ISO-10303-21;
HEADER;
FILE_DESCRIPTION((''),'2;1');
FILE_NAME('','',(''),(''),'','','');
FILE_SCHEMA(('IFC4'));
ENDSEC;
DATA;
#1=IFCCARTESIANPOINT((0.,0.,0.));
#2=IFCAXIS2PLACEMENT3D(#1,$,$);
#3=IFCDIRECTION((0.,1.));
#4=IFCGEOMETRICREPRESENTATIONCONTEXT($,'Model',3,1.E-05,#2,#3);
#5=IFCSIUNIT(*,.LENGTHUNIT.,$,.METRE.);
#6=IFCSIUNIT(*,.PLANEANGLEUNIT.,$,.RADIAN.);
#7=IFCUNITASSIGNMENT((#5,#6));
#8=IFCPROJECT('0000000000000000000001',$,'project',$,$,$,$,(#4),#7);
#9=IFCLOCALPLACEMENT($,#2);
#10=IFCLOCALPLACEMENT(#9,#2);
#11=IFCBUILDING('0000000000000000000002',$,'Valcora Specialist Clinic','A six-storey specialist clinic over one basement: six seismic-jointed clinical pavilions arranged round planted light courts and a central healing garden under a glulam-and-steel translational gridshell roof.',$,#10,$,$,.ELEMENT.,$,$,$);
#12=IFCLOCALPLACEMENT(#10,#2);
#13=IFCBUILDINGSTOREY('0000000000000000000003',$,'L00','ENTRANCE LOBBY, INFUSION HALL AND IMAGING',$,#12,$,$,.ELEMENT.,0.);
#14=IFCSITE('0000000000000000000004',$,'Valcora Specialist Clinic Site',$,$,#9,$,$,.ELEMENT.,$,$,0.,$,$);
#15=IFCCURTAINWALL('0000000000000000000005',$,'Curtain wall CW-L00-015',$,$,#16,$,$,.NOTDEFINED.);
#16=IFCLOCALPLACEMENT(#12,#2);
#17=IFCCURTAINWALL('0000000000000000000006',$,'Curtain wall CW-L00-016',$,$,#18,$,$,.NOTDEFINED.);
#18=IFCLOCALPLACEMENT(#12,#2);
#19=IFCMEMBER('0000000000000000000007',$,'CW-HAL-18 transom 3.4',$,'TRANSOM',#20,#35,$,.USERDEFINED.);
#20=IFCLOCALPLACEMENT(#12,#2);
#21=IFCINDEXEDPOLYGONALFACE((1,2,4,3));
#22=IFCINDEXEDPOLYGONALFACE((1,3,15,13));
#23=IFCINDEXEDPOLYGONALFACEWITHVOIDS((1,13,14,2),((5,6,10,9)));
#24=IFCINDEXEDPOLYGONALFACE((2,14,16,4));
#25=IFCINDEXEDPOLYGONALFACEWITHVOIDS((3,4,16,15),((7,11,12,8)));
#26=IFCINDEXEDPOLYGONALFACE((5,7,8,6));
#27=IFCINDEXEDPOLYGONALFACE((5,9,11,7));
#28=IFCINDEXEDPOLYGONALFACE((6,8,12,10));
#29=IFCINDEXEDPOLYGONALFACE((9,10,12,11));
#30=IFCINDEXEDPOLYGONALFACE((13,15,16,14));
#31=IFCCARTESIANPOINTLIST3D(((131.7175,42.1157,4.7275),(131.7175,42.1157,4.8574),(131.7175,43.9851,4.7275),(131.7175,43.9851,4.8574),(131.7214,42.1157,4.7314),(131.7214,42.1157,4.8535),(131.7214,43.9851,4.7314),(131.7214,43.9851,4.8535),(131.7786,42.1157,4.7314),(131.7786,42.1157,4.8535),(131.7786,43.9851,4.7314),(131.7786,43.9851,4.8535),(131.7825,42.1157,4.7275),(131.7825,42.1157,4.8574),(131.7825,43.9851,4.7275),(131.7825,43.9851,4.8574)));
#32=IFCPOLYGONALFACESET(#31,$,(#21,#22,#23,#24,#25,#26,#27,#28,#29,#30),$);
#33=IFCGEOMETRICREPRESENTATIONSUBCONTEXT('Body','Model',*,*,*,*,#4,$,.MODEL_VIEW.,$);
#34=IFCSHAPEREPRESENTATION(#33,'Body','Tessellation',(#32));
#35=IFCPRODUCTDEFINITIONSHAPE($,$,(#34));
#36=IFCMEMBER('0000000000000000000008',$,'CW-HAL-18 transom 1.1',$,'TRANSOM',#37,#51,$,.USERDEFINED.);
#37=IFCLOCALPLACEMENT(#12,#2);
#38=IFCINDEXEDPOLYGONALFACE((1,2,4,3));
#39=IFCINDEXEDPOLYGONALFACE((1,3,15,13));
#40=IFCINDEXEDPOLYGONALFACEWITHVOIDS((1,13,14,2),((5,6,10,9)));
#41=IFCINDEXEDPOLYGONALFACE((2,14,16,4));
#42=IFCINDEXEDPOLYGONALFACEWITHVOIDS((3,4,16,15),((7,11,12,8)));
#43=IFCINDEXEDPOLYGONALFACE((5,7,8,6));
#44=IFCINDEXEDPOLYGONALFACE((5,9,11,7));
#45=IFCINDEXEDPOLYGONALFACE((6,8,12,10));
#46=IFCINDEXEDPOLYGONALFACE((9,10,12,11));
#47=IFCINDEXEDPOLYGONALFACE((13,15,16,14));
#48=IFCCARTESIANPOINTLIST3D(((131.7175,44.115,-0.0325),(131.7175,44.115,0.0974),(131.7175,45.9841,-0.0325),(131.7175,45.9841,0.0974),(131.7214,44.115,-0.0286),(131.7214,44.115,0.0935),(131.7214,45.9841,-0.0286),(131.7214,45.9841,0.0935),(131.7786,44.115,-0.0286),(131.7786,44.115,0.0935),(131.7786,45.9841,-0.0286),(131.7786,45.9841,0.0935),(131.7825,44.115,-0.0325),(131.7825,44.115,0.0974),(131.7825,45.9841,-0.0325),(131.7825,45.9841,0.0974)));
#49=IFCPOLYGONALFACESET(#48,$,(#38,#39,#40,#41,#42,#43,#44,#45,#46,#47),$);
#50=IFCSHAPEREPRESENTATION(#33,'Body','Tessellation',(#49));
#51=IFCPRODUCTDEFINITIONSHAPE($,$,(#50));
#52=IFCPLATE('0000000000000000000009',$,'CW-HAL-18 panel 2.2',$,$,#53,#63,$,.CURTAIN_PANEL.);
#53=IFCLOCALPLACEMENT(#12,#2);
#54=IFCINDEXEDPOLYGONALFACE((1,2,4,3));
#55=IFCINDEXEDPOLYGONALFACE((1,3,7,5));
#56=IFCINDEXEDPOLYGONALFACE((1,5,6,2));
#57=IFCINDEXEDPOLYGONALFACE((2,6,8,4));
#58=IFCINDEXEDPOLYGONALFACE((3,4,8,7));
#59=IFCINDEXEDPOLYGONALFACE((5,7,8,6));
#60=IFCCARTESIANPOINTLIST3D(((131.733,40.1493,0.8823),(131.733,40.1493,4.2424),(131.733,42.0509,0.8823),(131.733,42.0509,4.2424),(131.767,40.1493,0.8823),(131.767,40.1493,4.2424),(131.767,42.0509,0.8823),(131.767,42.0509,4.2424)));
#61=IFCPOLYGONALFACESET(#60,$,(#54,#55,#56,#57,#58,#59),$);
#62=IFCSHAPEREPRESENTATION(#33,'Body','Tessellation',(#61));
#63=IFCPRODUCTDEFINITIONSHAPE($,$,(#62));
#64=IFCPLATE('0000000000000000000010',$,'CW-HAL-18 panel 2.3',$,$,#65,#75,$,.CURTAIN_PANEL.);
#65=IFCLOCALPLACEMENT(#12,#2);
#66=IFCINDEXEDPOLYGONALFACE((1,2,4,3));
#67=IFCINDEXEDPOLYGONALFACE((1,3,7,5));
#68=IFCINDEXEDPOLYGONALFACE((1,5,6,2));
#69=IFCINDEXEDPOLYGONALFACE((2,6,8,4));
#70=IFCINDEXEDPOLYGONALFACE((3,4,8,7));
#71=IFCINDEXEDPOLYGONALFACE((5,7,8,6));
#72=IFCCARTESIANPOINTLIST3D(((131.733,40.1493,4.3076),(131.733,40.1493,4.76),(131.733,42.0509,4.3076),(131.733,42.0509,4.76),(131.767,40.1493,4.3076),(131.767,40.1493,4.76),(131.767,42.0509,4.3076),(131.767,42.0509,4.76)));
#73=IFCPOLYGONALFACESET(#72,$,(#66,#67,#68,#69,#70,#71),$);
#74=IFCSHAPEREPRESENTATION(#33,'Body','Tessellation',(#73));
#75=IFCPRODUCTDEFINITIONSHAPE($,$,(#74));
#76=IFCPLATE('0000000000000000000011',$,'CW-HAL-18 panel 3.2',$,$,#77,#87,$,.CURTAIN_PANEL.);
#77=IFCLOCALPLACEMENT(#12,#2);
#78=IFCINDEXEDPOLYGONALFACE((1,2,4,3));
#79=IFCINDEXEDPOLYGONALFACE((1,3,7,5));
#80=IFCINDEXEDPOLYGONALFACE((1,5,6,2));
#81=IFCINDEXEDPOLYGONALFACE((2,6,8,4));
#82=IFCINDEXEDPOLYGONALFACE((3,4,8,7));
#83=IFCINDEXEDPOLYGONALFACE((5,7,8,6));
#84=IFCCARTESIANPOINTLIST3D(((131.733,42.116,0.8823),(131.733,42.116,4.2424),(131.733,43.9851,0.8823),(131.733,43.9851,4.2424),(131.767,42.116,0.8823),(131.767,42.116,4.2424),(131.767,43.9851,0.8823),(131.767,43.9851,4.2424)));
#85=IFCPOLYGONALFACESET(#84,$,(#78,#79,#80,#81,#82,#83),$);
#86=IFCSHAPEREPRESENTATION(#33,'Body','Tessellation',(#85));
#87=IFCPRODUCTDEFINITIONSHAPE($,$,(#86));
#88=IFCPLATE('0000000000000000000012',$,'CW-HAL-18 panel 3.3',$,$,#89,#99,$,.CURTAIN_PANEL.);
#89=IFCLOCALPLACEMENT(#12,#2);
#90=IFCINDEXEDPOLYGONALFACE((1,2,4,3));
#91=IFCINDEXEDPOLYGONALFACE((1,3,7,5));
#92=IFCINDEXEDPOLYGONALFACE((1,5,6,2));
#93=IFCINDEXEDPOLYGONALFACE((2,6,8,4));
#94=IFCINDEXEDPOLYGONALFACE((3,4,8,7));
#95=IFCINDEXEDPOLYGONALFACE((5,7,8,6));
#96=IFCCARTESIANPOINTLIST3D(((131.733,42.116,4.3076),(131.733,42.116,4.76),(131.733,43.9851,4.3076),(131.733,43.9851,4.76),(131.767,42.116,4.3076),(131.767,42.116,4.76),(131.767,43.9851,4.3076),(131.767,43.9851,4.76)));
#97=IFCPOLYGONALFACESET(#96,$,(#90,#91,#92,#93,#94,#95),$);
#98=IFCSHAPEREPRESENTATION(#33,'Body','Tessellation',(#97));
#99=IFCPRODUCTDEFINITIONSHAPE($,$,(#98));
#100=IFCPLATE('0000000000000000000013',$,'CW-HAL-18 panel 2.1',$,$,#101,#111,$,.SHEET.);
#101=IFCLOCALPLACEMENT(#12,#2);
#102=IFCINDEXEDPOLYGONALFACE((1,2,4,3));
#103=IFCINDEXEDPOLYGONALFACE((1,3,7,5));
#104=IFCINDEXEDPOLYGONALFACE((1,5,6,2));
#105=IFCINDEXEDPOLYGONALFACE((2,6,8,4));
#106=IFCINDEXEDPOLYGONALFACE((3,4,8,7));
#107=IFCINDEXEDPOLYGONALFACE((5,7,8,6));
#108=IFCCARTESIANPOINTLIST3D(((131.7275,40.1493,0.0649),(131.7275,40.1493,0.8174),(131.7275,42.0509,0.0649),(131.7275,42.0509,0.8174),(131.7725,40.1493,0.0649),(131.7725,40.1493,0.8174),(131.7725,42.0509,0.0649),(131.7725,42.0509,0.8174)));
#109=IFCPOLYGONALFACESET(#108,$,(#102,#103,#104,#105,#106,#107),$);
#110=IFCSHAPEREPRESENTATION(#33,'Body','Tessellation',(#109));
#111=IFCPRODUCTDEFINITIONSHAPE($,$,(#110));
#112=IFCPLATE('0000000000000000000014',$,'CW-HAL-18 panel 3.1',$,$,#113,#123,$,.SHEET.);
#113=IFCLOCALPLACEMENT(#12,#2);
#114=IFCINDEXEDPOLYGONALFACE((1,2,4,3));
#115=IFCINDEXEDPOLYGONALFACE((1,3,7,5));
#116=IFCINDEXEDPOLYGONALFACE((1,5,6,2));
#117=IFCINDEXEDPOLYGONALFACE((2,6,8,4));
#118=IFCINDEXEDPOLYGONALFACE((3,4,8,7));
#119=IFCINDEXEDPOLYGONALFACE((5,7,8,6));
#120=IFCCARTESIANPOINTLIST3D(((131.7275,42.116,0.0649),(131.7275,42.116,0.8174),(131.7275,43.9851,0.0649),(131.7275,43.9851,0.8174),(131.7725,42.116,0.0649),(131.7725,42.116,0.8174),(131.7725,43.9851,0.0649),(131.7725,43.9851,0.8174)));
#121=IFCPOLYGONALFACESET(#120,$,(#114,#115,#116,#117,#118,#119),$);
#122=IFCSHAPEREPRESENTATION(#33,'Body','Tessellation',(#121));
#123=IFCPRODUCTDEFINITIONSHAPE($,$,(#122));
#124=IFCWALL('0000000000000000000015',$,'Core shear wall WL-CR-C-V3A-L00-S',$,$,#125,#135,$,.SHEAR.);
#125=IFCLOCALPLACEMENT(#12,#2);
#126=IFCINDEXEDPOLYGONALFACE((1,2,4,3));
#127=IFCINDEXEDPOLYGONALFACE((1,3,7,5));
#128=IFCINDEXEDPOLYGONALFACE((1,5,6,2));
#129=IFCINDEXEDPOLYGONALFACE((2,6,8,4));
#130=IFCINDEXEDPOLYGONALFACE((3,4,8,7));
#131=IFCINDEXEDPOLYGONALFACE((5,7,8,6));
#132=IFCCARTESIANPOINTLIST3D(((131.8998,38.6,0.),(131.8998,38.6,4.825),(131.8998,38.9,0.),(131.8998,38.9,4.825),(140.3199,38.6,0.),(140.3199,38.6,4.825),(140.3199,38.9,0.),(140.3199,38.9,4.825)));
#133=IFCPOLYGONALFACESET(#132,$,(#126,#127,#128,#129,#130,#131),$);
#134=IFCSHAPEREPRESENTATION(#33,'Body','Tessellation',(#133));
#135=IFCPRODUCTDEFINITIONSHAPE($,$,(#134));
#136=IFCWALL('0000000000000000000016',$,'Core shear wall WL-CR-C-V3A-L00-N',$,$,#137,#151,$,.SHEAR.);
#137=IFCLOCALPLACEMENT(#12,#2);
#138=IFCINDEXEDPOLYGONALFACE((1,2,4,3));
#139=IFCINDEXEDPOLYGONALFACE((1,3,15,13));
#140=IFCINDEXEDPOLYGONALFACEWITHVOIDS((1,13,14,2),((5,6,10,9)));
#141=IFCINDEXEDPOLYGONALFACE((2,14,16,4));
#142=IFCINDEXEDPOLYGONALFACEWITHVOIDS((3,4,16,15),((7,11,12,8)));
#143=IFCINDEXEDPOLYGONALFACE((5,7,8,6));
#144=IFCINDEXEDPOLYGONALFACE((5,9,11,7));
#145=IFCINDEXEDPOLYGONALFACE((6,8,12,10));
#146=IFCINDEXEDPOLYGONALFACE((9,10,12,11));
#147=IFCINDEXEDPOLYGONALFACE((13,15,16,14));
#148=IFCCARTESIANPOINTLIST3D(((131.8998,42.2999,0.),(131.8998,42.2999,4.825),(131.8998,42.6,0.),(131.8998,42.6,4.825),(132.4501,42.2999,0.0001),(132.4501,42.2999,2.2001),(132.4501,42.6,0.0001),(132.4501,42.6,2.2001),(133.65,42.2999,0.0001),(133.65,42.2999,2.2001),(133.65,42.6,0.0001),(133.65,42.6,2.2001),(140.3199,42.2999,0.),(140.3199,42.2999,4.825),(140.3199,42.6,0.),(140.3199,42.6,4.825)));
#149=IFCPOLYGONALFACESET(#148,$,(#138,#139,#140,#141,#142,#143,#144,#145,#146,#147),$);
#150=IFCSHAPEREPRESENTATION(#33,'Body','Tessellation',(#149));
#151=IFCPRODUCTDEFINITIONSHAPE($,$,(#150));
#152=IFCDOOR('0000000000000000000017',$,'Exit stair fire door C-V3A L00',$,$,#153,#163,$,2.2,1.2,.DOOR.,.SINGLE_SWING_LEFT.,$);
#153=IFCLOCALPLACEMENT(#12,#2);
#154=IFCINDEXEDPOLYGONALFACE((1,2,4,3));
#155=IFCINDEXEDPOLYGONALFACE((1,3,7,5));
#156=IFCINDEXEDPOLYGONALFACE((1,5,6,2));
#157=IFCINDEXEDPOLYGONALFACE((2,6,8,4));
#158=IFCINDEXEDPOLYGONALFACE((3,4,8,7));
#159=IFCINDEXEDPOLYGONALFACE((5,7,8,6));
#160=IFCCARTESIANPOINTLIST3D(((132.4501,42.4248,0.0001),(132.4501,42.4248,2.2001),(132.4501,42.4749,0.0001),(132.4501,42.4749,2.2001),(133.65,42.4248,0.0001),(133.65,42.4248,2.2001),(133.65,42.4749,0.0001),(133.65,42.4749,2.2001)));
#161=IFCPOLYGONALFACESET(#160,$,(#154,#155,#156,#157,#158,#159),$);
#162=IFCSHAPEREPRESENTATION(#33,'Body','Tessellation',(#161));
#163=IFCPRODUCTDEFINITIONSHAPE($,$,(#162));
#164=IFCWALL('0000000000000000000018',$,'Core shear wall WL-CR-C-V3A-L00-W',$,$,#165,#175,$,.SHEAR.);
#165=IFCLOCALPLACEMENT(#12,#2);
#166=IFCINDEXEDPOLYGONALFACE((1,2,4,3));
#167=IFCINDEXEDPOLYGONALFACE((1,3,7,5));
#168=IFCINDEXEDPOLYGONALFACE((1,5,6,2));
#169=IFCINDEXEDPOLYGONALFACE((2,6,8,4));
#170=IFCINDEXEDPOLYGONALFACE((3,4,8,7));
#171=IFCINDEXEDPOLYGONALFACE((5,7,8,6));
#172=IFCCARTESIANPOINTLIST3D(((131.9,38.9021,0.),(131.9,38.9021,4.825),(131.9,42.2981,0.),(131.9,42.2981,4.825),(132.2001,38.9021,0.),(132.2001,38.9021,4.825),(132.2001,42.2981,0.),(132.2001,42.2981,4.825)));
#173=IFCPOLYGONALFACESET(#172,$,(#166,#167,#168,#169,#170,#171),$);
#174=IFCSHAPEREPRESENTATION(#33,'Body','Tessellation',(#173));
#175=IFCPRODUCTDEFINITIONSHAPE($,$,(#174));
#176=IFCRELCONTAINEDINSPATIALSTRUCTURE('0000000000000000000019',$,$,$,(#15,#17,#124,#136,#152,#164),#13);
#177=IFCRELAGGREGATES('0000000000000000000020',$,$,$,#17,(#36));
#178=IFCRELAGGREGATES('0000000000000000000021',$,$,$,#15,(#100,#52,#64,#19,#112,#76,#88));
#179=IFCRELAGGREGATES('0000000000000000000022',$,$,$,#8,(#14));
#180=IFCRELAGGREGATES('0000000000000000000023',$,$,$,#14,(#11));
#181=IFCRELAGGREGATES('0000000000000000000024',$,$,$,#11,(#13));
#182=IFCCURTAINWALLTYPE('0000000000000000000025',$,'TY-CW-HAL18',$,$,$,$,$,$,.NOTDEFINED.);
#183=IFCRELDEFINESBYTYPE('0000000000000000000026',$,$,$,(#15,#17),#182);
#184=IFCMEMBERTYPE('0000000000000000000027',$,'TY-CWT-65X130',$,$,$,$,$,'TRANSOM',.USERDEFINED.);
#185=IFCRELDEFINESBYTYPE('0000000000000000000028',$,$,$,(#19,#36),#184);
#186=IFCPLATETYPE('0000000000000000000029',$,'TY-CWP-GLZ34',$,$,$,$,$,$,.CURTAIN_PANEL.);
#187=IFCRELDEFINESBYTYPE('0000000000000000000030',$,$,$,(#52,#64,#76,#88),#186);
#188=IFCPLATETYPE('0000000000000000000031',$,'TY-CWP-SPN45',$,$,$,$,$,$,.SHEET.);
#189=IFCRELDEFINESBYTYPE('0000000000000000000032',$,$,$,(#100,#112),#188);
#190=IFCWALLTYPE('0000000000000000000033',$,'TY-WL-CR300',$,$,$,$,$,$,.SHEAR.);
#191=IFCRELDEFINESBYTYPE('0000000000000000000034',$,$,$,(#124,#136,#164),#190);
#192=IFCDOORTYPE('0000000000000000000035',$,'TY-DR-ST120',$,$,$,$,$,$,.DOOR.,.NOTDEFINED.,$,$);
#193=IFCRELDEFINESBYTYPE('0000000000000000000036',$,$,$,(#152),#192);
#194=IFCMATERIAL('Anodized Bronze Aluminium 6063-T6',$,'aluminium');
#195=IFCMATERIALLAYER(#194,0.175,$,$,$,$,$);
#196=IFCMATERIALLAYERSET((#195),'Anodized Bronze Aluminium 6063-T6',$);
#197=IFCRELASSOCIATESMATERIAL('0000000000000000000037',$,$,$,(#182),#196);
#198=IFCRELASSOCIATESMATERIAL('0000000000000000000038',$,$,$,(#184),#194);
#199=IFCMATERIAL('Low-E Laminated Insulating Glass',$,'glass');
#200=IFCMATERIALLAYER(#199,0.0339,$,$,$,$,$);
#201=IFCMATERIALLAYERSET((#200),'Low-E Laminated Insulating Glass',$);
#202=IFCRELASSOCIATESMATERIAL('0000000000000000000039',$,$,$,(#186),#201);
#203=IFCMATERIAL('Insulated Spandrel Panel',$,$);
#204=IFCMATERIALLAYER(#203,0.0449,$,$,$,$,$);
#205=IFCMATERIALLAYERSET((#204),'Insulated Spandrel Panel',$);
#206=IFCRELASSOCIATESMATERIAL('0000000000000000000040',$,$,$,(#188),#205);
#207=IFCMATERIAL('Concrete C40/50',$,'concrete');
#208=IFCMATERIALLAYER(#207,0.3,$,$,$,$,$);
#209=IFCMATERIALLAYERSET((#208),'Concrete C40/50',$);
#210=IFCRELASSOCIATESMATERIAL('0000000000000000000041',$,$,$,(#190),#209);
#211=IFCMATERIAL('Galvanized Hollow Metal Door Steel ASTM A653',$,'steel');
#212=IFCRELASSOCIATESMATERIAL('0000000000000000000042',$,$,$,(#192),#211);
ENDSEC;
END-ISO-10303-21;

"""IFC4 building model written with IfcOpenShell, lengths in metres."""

from ifc_helpers import new_model, si_unit, direction, frame, frame_2d, origin, origin_2d, place, context, subcontext, project, spatial, rectangle, hollow_rectangle, extrude, material, layer, layer_set, material_profile, profile_set, type_object, element, fill, aggregate, save


model = new_model("IFC4")

# Units and contexts
model_context = context("Model", 3, precision=1e-05, world=origin(), true_north=direction((0.0, 1.0)))
body_context = subcontext(model_context, "Body", "Model", "MODEL_VIEW")
ifc_project = project(units=[si_unit("LENGTHUNIT", "METRE"), si_unit("PLANEANGLEUNIT", "RADIAN")], contexts=[model_context])

# Site, building, storey
site_placement = place(None, origin())
site = spatial("IfcSite", under=ifc_project, at=site_placement, Name="Valcora Specialist Clinic Site", CompositionType="ELEMENT", RefElevation=0.0)
building_placement = place(site_placement, origin())
building = spatial("IfcBuilding", under=site, at=building_placement, Name="Valcora Specialist Clinic", Description="A six-storey specialist clinic over one basement: six seismic-jointed clinical pavilions arranged round planted light courts and a central healing garden under a glulam-and-steel translational gridshell roof.", CompositionType="ELEMENT")
storey_placement = place(building_placement, origin())
storey = spatial("IfcBuildingStorey", under=building, at=storey_placement, Name="L00", Description="ENTRANCE LOBBY, INFUSION HALL AND IMAGING", CompositionType="ELEMENT", Elevation=0.0)

# Shared definitions
ifc_material_1 = material(Name="Concrete C40/50", Category="concrete")

# Curtain wall
ifc_material_2 = material(Name="Anodized Bronze Aluminium 6063-T6", Category="aluminium")
ifc_layer_1 = layer(ifc_material_2, 0.175)
ifc_layer_set_1 = layer_set([ifc_layer_1], Name="Anodized Bronze Aluminium 6063-T6")
curtain_wall_type = type_object("IfcCurtainWallType", Name="TY-CW-HAL18", PredefinedType="NOTDEFINED", material=ifc_layer_set_1)
curtain_wall_1_placement = place(storey_placement, origin())
curtain_wall_1 = element("IfcCurtainWall", 1, at=curtain_wall_1_placement, inside=storey, type_object=curtain_wall_type, Name="Curtain wall CW-L00-015", PredefinedType="NOTDEFINED")

# Curtain wall
curtain_wall_2_placement = place(storey_placement, origin())
curtain_wall_2 = element("IfcCurtainWall", 2, at=curtain_wall_2_placement, inside=storey, type_object=curtain_wall_type, Name="Curtain wall CW-L00-016", PredefinedType="NOTDEFINED")

# Members
ifc_material_profile_1 = material_profile(ifc_material_2, hollow_rectangle(XDim=0.0649, YDim=0.1299, WallThickness=0.0039, at=origin_2d()), Name="AL-TRN-65X130")
ifc_profile_set_1 = profile_set([ifc_material_profile_1], Name="Anodized Bronze Aluminium 6063-T6")
member_type_1 = type_object("IfcMemberType", Name="TY-CWT-65X130", ElementType="TRANSOM", PredefinedType="USERDEFINED", material=ifc_profile_set_1)
member_1_placement = place(storey_placement, frame((131.75, 42.1157, 4.7925), z_axis=(0.0, 1.0, 0.0), x_axis=(-1.0, 0.0, 0.0)))
member_1 = element("IfcMember", 3, at=member_1_placement, type_object=member_type_1, Name="CW-HAL-18 transom 3.4", ObjectType="TRANSOM", PredefinedType="USERDEFINED", context=body_context, shape_type="SweptSolid", body=[
    extrude(hollow_rectangle(XDim=0.0649, YDim=0.1299, WallThickness=0.0039, at=origin_2d()), origin(), (0.0, 0.0, 1.0), 1.8694),
])
member_2_placement = place(storey_placement, frame((131.75, 44.115, 0.0325), z_axis=(0.0, 1.0, 0.0), x_axis=(-1.0, 0.0, 0.0)))
member_2 = element("IfcMember", 4, at=member_2_placement, type_object=member_type_1, Name="CW-HAL-18 transom 1.1", ObjectType="TRANSOM", PredefinedType="USERDEFINED", context=body_context, shape_type="SweptSolid", body=[
    extrude(hollow_rectangle(XDim=0.0649, YDim=0.1299, WallThickness=0.0039, at=origin_2d()), origin(), (0.0, 0.0, 1.0), 1.8691),
])
aggregate(curtain_wall_2, [member_2])

# Plates
ifc_material_3 = material(Name="Low-E Laminated Insulating Glass", Category="glass")
ifc_layer_2 = layer(ifc_material_3, 0.0339)
ifc_layer_set_2 = layer_set([ifc_layer_2], Name="Low-E Laminated Insulating Glass")
plate_type_1 = type_object("IfcPlateType", Name="TY-CWP-GLZ34", PredefinedType="CURTAIN_PANEL", material=ifc_layer_set_2)
plate_1_placement = place(storey_placement, frame((131.75, 41.1001, 0.8823), z_axis=(0.0, 0.0, 1.0), x_axis=(0.0, 1.0, 0.0)))
plate_1 = element("IfcPlate", 5, at=plate_1_placement, type_object=plate_type_1, Name="CW-HAL-18 panel 2.2", PredefinedType="CURTAIN_PANEL", context=body_context, shape_type="SweptSolid", body=[
    extrude(rectangle(XDim=1.9016, YDim=0.0339, at=origin_2d()), origin(), (0.0, 0.0, 1.0), 3.3601),
])
plate_2_placement = place(storey_placement, frame((131.75, 41.1001, 4.3076), z_axis=(0.0, 0.0, 1.0), x_axis=(0.0, 1.0, 0.0)))
plate_2 = element("IfcPlate", 6, at=plate_2_placement, type_object=plate_type_1, Name="CW-HAL-18 panel 2.3", PredefinedType="CURTAIN_PANEL", context=body_context, shape_type="SweptSolid", body=[
    extrude(rectangle(XDim=1.9016, YDim=0.0339, at=origin_2d()), origin(), (0.0, 0.0, 1.0), 0.4524),
])
plate_3_placement = place(storey_placement, frame((131.75, 43.0505, 0.8823), z_axis=(0.0, 0.0, 1.0), x_axis=(0.0, 1.0, 0.0)))
plate_3 = element("IfcPlate", 7, at=plate_3_placement, type_object=plate_type_1, Name="CW-HAL-18 panel 3.2", PredefinedType="CURTAIN_PANEL", context=body_context, shape_type="SweptSolid", body=[
    extrude(rectangle(XDim=1.8691, YDim=0.0339, at=origin_2d()), origin(), (0.0, 0.0, 1.0), 3.3601),
])
plate_4_placement = place(storey_placement, frame((131.75, 43.0505, 4.3076), z_axis=(0.0, 0.0, 1.0), x_axis=(0.0, 1.0, 0.0)))
plate_4 = element("IfcPlate", 8, at=plate_4_placement, type_object=plate_type_1, Name="CW-HAL-18 panel 3.3", PredefinedType="CURTAIN_PANEL", context=body_context, shape_type="SweptSolid", body=[
    extrude(rectangle(XDim=1.8691, YDim=0.0339, at=origin_2d()), origin(), (0.0, 0.0, 1.0), 0.4524),
])
ifc_material_4 = material(Name="Insulated Spandrel Panel")
ifc_layer_3 = layer(ifc_material_4, 0.0449)
ifc_layer_set_3 = layer_set([ifc_layer_3], Name="Insulated Spandrel Panel")
plate_type_2 = type_object("IfcPlateType", Name="TY-CWP-SPN45", PredefinedType="SHEET", material=ifc_layer_set_3)
plate_5_placement = place(storey_placement, frame((131.75, 41.1001, 0.0649), z_axis=(0.0, 0.0, 1.0), x_axis=(0.0, 1.0, 0.0)))
plate_5 = element("IfcPlate", 9, at=plate_5_placement, type_object=plate_type_2, Name="CW-HAL-18 panel 2.1", PredefinedType="SHEET", context=body_context, shape_type="SweptSolid", body=[
    extrude(rectangle(XDim=1.9016, YDim=0.0449, at=origin_2d()), origin(), (0.0, 0.0, 1.0), 0.7524),
])
plate_6_placement = place(storey_placement, frame((131.75, 43.0505, 0.0649), z_axis=(0.0, 0.0, 1.0), x_axis=(0.0, 1.0, 0.0)))
plate_6 = element("IfcPlate", 10, at=plate_6_placement, type_object=plate_type_2, Name="CW-HAL-18 panel 3.1", PredefinedType="SHEET", context=body_context, shape_type="SweptSolid", body=[
    extrude(rectangle(XDim=1.8691, YDim=0.0449, at=origin_2d()), origin(), (0.0, 0.0, 1.0), 0.7524),
])
aggregate(curtain_wall_1, [plate_5, plate_1, plate_2, member_1, plate_6, plate_3, plate_4])

# Wall
ifc_layer_4 = layer(ifc_material_1, 0.3)
ifc_layer_set_4 = layer_set([ifc_layer_4], Name="Concrete C40/50")
wall_type = type_object("IfcWallType", Name="TY-WL-CR300", PredefinedType="SHEAR", material=ifc_layer_set_4)
wall_1_placement = place(storey_placement, frame((131.8999, 38.75, 0.0), z_axis=(0.0, 0.0, 1.0), x_axis=(1.0, 0.0, 0.0)))
element("IfcWall", 11, at=wall_1_placement, inside=storey, type_object=wall_type, Name="Core shear wall WL-CR-C-V3A-L00-S", PredefinedType="SHEAR", context=body_context, shape_type="SweptSolid", body=[
    extrude(rectangle(XDim=8.4202, YDim=0.3, at=frame_2d((4.21, 0.0))), origin(), (0.0, 0.0, 1.0), 4.825),
])

# Wall, opening, door
wall_2_placement = place(storey_placement, frame((131.8999, 42.45, 0.0), z_axis=(0.0, 0.0, 1.0), x_axis=(1.0, 0.0, 0.0)))
wall_2 = element("IfcWall", 12, at=wall_2_placement, inside=storey, type_object=wall_type, Name="Core shear wall WL-CR-C-V3A-L00-N", PredefinedType="SHEAR", context=body_context, shape_type="SweptSolid", body=[
    extrude(rectangle(XDim=8.4202, YDim=0.3, at=frame_2d((4.21, 0.0))), origin(), (0.0, 0.0, 1.0), 4.825),
])
opening_placement = place(wall_2_placement, frame((0.55, 0.0, 0.0)))
opening = element("IfcOpeningElement", 13, at=opening_placement, cuts=wall_2, PredefinedType="OPENING", context=body_context, shape_type="SweptSolid", body=[
    extrude(rectangle(XDim=1.2, YDim=2.2, at=frame_2d((0.6001, 1.1001))), frame((0.0, 0.1599, 0.0), z_axis=(0.0, -1.0, 0.0), x_axis=(1.0, 0.0, 0.0)), (0.0, 0.0, 1.0), 0.3201),
])
ifc_material_5 = material(Name="Galvanized Hollow Metal Door Steel ASTM A653", Category="steel")
door_type = type_object("IfcDoorType", Name="TY-DR-ST120", OperationType="NOTDEFINED", PredefinedType="DOOR", material=ifc_material_5)
door_placement = place(opening_placement, origin())
door = element("IfcDoor", 14, at=door_placement, inside=storey, type_object=door_type, Name="Exit stair fire door C-V3A L00", OperationType="SINGLE_SWING_LEFT", OverallHeight=2.2, OverallWidth=1.2, PredefinedType="DOOR", context=body_context, shape_type="SweptSolid", body=[
    extrude(rectangle(XDim=1.2, YDim=2.2, at=frame_2d((0.6001, 1.1001))), frame((0.0, 0.0249, 0.0), z_axis=(0.0, -1.0, 0.0), x_axis=(1.0, 0.0, 0.0)), (0.0, 0.0, 1.0), 0.05),
])
fill(opening, door)

# Wall
wall_3_placement = place(storey_placement, frame((132.05, 38.9021, 0.0), z_axis=(0.0, 0.0, 1.0), x_axis=(0.0, 1.0, 0.0)))
element("IfcWall", 15, at=wall_3_placement, inside=storey, type_object=wall_type, Name="Core shear wall WL-CR-C-V3A-L00-W", PredefinedType="SHEAR", context=body_context, shape_type="SweptSolid", body=[
    extrude(rectangle(XDim=3.396, YDim=0.3, at=frame_2d((1.698, 0.0))), origin(), (0.0, 0.0, 1.0), 4.825),
])

save(model, "model.ifc")
